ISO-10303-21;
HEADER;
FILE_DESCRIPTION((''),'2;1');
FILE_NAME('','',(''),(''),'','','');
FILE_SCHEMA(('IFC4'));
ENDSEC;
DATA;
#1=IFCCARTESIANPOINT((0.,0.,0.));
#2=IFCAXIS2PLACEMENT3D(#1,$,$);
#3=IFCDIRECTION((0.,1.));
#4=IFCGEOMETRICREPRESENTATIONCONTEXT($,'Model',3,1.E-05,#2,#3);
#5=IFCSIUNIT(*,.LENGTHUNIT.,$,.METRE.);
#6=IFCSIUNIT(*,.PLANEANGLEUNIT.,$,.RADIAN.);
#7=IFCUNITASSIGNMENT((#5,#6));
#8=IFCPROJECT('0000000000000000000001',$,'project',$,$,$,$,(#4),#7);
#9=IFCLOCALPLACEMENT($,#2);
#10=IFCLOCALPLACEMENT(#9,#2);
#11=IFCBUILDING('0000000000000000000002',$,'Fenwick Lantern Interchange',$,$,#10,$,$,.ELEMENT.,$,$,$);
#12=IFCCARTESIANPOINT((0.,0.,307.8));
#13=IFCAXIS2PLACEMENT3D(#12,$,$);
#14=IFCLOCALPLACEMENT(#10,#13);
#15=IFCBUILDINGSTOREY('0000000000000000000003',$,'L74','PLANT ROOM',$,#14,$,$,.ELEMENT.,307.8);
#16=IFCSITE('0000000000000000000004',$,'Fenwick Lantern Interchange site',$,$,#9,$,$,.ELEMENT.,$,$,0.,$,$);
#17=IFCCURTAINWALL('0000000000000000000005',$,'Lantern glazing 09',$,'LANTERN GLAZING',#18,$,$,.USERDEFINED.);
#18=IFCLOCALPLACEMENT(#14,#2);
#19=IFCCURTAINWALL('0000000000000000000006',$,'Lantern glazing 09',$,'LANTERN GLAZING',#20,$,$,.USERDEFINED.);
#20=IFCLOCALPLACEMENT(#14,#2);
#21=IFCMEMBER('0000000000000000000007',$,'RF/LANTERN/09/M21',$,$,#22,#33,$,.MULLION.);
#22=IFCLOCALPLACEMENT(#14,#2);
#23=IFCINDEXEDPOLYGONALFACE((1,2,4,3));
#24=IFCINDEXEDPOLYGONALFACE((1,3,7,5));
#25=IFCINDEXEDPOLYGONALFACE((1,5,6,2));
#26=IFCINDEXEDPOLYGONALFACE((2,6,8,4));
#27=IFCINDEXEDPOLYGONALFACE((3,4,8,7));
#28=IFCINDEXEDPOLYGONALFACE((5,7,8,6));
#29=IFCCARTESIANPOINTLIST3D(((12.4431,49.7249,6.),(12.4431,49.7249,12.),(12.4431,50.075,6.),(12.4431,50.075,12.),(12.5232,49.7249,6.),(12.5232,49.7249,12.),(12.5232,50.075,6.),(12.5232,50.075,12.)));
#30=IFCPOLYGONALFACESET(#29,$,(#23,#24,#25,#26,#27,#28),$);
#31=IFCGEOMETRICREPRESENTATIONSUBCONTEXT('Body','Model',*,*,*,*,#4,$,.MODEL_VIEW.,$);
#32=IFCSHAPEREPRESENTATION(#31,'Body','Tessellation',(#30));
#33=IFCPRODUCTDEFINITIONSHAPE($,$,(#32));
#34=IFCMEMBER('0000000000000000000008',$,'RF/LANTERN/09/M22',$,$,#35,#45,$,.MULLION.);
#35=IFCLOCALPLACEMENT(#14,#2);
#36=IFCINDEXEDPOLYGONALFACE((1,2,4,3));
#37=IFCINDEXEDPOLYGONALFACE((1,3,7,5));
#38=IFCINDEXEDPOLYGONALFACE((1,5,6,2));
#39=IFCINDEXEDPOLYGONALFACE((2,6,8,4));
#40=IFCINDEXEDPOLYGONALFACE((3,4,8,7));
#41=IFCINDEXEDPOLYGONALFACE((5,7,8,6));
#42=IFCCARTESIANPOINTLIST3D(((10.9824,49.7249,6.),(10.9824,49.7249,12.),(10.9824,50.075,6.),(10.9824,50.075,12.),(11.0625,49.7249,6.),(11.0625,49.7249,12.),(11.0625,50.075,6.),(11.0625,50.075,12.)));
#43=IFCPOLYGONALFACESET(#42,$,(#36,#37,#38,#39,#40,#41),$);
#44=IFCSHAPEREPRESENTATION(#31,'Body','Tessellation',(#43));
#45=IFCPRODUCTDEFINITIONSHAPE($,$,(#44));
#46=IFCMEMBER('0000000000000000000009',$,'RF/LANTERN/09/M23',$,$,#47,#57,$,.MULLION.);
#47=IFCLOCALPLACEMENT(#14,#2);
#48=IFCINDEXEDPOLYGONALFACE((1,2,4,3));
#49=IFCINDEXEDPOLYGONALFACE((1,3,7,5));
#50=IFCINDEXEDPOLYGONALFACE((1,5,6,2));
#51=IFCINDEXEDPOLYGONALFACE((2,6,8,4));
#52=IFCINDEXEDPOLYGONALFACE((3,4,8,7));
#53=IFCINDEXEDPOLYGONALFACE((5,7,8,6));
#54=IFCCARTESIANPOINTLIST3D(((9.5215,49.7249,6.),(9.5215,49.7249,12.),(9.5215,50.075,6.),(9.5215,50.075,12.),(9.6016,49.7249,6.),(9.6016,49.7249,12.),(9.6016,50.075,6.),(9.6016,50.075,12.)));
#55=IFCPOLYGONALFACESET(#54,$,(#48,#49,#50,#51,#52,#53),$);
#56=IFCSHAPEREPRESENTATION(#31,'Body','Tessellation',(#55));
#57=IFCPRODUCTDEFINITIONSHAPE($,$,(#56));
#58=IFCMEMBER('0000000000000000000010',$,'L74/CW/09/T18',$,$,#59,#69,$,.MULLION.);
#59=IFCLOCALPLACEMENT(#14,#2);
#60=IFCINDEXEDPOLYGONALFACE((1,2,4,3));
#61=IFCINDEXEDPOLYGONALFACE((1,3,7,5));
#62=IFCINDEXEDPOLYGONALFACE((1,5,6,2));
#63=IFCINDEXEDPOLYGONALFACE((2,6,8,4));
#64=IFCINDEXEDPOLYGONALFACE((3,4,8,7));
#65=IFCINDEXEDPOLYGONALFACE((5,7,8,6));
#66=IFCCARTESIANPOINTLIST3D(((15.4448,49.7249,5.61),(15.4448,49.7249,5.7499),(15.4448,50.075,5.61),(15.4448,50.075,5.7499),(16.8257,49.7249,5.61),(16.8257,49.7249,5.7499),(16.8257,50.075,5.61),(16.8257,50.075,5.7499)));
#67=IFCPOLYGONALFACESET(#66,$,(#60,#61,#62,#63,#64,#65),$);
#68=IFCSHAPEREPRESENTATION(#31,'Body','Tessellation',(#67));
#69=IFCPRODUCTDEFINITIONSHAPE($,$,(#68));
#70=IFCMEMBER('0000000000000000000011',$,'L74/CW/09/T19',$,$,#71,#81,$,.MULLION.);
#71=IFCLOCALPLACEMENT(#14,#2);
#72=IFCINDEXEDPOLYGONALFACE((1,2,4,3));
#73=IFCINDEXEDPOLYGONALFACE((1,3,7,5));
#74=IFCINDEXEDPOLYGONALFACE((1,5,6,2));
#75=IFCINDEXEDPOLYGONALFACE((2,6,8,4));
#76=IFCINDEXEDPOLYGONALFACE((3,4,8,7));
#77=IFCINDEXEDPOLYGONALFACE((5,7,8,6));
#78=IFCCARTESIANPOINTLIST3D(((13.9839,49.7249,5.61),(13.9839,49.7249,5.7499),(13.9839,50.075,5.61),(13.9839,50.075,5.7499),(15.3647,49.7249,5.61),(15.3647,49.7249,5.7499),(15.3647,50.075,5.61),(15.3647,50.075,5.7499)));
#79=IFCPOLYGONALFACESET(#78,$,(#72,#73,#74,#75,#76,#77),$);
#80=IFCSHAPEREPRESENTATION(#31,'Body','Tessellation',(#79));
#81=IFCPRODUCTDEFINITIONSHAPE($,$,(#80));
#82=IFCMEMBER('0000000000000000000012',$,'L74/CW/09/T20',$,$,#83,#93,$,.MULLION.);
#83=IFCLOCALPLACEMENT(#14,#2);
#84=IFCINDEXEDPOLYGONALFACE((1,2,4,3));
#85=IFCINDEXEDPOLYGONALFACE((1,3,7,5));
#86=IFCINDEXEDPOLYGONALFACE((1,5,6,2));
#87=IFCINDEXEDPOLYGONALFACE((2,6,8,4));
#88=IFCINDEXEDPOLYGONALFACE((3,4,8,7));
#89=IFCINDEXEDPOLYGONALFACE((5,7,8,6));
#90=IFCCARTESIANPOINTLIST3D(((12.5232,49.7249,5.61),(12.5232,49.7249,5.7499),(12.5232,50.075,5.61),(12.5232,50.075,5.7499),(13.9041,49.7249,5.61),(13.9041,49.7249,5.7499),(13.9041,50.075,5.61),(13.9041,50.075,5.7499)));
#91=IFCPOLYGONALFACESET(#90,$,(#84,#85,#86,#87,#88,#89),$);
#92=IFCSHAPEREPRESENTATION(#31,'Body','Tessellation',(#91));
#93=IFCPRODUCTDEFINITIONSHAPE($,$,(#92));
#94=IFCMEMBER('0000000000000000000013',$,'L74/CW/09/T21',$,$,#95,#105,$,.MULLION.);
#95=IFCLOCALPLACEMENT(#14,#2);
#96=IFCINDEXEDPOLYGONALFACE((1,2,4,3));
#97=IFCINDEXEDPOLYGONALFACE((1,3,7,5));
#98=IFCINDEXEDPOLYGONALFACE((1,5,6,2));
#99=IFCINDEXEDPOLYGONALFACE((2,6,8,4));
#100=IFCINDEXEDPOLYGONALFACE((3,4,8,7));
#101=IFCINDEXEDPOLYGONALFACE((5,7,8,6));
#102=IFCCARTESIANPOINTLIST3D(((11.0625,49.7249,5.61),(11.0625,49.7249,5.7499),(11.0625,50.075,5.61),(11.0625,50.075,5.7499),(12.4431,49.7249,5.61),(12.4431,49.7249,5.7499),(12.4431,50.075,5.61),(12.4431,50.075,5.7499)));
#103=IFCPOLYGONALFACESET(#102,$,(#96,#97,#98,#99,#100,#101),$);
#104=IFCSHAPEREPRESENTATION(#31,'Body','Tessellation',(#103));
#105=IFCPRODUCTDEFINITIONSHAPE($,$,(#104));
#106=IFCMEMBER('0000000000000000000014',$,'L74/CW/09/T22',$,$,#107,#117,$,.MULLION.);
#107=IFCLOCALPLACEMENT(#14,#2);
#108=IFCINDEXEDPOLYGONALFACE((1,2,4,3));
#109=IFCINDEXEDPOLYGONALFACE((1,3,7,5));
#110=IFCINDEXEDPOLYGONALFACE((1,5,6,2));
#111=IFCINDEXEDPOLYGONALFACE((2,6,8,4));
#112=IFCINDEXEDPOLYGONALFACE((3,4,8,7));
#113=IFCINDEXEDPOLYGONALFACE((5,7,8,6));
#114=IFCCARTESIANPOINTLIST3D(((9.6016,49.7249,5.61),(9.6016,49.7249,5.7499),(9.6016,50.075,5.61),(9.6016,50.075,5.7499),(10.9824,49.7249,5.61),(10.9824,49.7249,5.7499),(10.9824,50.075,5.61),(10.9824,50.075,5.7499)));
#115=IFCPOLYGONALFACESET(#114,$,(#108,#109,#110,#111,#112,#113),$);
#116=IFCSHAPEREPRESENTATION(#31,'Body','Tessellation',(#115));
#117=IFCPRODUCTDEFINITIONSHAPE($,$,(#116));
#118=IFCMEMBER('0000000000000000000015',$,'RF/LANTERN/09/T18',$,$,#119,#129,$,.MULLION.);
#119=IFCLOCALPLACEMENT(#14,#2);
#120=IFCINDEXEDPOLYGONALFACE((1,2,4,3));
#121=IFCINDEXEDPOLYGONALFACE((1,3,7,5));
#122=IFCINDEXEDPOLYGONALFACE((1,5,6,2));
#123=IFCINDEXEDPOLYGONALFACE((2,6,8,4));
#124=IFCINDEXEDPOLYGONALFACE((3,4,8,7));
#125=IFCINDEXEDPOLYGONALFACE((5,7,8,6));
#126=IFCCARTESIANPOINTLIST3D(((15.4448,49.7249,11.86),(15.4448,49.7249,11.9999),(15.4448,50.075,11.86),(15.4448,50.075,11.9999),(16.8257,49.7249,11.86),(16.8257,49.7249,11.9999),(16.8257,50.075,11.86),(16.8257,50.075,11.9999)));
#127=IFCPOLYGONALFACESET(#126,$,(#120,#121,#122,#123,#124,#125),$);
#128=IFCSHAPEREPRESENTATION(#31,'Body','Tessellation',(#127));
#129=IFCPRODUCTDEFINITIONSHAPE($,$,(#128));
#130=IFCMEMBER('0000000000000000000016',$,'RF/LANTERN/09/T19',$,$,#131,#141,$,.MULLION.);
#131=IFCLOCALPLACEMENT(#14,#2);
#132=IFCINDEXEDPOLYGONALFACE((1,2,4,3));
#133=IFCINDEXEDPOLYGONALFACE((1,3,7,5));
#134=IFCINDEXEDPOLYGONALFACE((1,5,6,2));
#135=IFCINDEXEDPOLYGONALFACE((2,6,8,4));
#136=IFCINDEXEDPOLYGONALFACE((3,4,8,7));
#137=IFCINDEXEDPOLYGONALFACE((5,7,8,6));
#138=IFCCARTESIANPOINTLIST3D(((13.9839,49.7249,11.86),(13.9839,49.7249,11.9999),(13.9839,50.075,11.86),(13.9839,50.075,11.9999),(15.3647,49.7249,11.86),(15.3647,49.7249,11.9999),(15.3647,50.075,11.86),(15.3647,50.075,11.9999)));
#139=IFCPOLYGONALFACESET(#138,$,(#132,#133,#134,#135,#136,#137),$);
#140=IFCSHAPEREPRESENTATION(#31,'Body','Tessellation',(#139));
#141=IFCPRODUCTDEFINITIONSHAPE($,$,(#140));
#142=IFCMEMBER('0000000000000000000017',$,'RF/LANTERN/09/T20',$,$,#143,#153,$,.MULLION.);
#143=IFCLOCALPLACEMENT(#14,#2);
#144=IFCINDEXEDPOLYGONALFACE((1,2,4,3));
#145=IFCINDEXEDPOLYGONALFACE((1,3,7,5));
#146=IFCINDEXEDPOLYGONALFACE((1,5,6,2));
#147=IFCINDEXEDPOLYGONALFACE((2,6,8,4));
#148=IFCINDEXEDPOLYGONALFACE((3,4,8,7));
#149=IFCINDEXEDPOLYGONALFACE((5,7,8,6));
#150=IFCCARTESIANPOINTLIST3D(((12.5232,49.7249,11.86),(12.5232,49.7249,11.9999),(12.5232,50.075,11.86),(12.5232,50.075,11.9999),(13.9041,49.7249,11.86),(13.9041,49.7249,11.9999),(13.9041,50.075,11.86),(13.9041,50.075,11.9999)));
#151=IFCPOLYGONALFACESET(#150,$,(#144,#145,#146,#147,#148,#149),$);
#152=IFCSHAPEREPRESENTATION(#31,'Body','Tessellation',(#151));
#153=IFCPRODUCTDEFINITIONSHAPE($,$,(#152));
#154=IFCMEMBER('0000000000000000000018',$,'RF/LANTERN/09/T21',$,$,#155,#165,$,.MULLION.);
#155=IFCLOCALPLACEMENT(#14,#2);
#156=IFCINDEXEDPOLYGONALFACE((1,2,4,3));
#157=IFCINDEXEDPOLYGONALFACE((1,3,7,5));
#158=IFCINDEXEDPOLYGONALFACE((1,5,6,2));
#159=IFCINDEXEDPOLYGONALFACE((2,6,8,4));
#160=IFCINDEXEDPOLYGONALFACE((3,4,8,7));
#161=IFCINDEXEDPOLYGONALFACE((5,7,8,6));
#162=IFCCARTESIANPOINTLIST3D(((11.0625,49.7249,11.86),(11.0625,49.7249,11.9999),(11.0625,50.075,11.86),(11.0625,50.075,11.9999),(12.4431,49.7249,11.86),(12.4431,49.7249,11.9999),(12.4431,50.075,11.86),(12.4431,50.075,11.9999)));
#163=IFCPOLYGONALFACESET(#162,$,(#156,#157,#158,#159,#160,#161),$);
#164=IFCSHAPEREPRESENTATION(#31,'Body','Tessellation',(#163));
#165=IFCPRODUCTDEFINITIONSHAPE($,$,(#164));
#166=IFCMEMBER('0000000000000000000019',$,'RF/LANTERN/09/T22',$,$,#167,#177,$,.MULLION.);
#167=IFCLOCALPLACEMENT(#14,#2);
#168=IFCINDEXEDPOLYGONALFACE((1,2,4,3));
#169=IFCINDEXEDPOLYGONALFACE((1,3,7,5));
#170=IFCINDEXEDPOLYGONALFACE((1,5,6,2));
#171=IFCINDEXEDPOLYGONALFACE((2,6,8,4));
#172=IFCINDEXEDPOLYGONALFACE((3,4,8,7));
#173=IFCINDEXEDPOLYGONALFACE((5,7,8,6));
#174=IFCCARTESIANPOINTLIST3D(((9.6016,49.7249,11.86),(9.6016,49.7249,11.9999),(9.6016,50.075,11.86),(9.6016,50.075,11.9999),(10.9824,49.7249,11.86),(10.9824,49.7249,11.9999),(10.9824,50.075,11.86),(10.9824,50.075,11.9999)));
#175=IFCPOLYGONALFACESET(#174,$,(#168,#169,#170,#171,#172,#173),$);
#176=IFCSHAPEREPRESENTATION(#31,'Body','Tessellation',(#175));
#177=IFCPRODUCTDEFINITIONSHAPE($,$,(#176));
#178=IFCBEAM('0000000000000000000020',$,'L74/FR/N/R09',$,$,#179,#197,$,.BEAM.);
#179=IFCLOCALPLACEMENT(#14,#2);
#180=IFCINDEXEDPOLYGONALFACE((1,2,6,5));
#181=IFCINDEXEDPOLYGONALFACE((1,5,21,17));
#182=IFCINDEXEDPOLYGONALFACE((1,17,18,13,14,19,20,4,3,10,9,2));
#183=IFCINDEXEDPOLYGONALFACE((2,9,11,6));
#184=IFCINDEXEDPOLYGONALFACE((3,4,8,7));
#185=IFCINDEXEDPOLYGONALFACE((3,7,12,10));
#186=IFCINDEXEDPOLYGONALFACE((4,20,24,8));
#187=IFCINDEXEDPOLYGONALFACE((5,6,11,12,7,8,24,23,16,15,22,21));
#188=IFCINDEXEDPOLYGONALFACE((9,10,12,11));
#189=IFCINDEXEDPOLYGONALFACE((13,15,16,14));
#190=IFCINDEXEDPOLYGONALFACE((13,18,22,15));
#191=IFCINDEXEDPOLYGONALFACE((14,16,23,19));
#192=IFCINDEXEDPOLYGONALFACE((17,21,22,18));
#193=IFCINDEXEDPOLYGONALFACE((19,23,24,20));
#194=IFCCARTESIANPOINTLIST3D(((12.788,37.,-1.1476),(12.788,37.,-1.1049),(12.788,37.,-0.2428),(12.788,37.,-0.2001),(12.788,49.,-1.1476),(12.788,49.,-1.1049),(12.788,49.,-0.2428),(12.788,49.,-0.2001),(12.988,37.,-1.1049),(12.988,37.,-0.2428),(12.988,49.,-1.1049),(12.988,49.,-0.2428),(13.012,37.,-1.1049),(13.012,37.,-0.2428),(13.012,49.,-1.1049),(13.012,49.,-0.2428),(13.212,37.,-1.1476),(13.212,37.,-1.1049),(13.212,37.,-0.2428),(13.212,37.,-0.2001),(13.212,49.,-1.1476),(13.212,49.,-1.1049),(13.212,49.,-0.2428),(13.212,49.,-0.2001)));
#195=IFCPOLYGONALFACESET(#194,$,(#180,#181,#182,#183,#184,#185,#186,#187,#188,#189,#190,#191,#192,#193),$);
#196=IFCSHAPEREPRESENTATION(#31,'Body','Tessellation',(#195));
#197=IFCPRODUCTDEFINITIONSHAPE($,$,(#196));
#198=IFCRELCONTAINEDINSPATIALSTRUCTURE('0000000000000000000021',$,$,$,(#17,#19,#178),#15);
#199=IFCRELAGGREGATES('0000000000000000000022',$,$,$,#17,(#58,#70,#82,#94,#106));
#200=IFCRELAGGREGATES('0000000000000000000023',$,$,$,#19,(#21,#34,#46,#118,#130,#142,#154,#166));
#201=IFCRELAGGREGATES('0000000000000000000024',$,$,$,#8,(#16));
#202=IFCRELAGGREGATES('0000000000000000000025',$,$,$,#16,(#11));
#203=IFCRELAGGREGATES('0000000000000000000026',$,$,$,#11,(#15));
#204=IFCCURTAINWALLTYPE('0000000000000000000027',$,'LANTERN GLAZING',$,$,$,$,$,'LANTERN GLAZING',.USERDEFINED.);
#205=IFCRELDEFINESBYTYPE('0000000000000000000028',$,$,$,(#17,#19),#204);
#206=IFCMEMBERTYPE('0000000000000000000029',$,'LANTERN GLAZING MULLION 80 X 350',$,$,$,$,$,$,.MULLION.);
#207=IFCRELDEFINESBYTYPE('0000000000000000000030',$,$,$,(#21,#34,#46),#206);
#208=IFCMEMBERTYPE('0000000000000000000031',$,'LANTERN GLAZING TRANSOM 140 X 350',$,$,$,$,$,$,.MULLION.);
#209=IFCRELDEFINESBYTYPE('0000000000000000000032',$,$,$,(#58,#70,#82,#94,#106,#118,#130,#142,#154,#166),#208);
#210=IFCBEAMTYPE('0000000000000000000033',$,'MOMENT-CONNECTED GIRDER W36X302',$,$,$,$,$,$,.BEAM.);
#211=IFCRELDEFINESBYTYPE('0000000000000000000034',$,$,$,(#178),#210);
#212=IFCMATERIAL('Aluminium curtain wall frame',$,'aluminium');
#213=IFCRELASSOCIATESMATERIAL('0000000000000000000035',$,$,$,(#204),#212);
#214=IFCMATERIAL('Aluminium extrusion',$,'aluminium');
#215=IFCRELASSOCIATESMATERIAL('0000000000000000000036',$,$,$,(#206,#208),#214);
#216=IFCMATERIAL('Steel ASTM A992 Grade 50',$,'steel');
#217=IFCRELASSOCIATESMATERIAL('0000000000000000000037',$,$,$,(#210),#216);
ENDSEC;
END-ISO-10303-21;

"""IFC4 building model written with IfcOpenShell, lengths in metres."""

from ifc_helpers import new_model, si_unit, direction, frame, origin, origin_2d, place, context, subcontext, project, spatial, rectangle, i_section, extrude, material, material_profile, profile_set, type_object, element, aggregate, save


model = new_model("IFC4")

# Units and contexts
model_context = context("Model", 3, precision=1e-05, world=origin(), true_north=direction((0.0, 1.0)))
body_context = subcontext(model_context, "Body", "Model", "MODEL_VIEW")
ifc_project = project(units=[si_unit("LENGTHUNIT", "METRE"), si_unit("PLANEANGLEUNIT", "RADIAN")], contexts=[model_context])

# Site, building, storey
site_placement = place(None, origin())
site = spatial("IfcSite", under=ifc_project, at=site_placement, Name="Fenwick Lantern Interchange site", CompositionType="ELEMENT", RefElevation=0.0)
building_placement = place(site_placement, origin())
building = spatial("IfcBuilding", under=site, at=building_placement, Name="Fenwick Lantern Interchange", CompositionType="ELEMENT")
storey_placement = place(building_placement, frame((0.0, 0.0, 307.8)))
storey = spatial("IfcBuildingStorey", under=building, at=storey_placement, Name="L74", Description="PLANT ROOM", CompositionType="ELEMENT", Elevation=307.8)

# Shared definitions
ifc_material_1 = material(Name="Steel ASTM A992 Grade 50", Category="steel")

# Curtain walls, members
ifc_material_2 = material(Name="Aluminium curtain wall frame", Category="aluminium")
curtain_wall_type = type_object("IfcCurtainWallType", Name="LANTERN GLAZING", ElementType="LANTERN GLAZING", PredefinedType="USERDEFINED", material=ifc_material_2)
curtain_wall_1_placement = place(storey_placement, origin())
curtain_wall_1 = element("IfcCurtainWall", 1, at=curtain_wall_1_placement, inside=storey, type_object=curtain_wall_type, Name="Lantern glazing 09", ObjectType="LANTERN GLAZING", PredefinedType="USERDEFINED")
ifc_material_3 = material(Name="Aluminium extrusion", Category="aluminium")
ifc_material_profile_1 = material_profile(ifc_material_3, rectangle(XDim=0.3501, YDim=0.0801, at=origin_2d()), Name="LANTERN GLAZING MULLION 80 X 350")
ifc_profile_set_1 = profile_set([ifc_material_profile_1], Name="Aluminium extrusion")
member_type_1 = type_object("IfcMemberType", Name="LANTERN GLAZING MULLION 80 X 350", PredefinedType="MULLION", material=ifc_profile_set_1)
curtain_wall_2_placement = place(storey_placement, origin())
curtain_wall_2 = element("IfcCurtainWall", 2, at=curtain_wall_2_placement, inside=storey, type_object=curtain_wall_type, Name="Lantern glazing 09", ObjectType="LANTERN GLAZING", PredefinedType="USERDEFINED")
member_1_placement = place(storey_placement, frame((12.4832, 49.8999, 6.0), z_axis=(0.0, 0.0, 1.0), x_axis=(0.0, -1.0, 0.0)))
member_1 = element("IfcMember", 3, at=member_1_placement, type_object=member_type_1, Name="RF/LANTERN/09/M21", PredefinedType="MULLION", context=body_context, shape_type="SweptSolid", body=[
    extrude(rectangle(XDim=0.3501, YDim=0.0801, at=origin_2d()), origin(), (0.0, 0.0, 1.0), 6.0),
])
member_2_placement = place(storey_placement, frame((11.0225, 49.8999, 6.0), z_axis=(0.0, 0.0, 1.0), x_axis=(0.0, -1.0, 0.0)))
member_2 = element("IfcMember", 4, at=member_2_placement, type_object=member_type_1, Name="RF/LANTERN/09/M22", PredefinedType="MULLION", context=body_context, shape_type="SweptSolid", body=[
    extrude(rectangle(XDim=0.3501, YDim=0.0801, at=origin_2d()), origin(), (0.0, 0.0, 1.0), 6.0),
])
member_3_placement = place(storey_placement, frame((9.5615, 49.8999, 6.0), z_axis=(0.0, 0.0, 1.0), x_axis=(0.0, -1.0, 0.0)))
member_3 = element("IfcMember", 5, at=member_3_placement, type_object=member_type_1, Name="RF/LANTERN/09/M23", PredefinedType="MULLION", context=body_context, shape_type="SweptSolid", body=[
    extrude(rectangle(XDim=0.3501, YDim=0.0801, at=origin_2d()), origin(), (0.0, 0.0, 1.0), 6.0),
])

# Members
ifc_material_profile_2 = material_profile(ifc_material_3, rectangle(XDim=0.3501, YDim=0.1399, at=origin_2d()), Name="LANTERN GLAZING TRANSOM 140 X 350")
ifc_profile_set_2 = profile_set([ifc_material_profile_2], Name="Aluminium extrusion")
member_type_2 = type_object("IfcMemberType", Name="LANTERN GLAZING TRANSOM 140 X 350", PredefinedType="MULLION", material=ifc_profile_set_2)
member_4_placement = place(storey_placement, frame((16.8257, 49.8999, 5.6799), z_axis=(-1.0, 0.0, 0.0), x_axis=(0.0, -1.0, 0.0)))
member_4 = element("IfcMember", 6, at=member_4_placement, type_object=member_type_2, Name="L74/CW/09/T18", PredefinedType="MULLION", context=body_context, shape_type="SweptSolid", body=[
    extrude(rectangle(XDim=0.3501, YDim=0.1399, at=origin_2d()), origin(), (0.0, 0.0, 1.0), 1.3809),
])
member_5_placement = place(storey_placement, frame((15.3647, 49.8999, 5.6799), z_axis=(-1.0, 0.0, 0.0), x_axis=(0.0, -1.0, 0.0)))
member_5 = element("IfcMember", 7, at=member_5_placement, type_object=member_type_2, Name="L74/CW/09/T19", PredefinedType="MULLION", context=body_context, shape_type="SweptSolid", body=[
    extrude(rectangle(XDim=0.3501, YDim=0.1399, at=origin_2d()), origin(), (0.0, 0.0, 1.0), 1.3809),
])
member_6_placement = place(storey_placement, frame((13.9041, 49.8999, 5.6799), z_axis=(-1.0, 0.0, 0.0), x_axis=(0.0, -1.0, 0.0)))
member_6 = element("IfcMember", 8, at=member_6_placement, type_object=member_type_2, Name="L74/CW/09/T20", PredefinedType="MULLION", context=body_context, shape_type="SweptSolid", body=[
    extrude(rectangle(XDim=0.3501, YDim=0.1399, at=origin_2d()), origin(), (0.0, 0.0, 1.0), 1.3809),
])
member_7_placement = place(storey_placement, frame((12.4431, 49.8999, 5.6799), z_axis=(-1.0, 0.0, 0.0), x_axis=(0.0, -1.0, 0.0)))
member_7 = element("IfcMember", 9, at=member_7_placement, type_object=member_type_2, Name="L74/CW/09/T21", PredefinedType="MULLION", context=body_context, shape_type="SweptSolid", body=[
    extrude(rectangle(XDim=0.3501, YDim=0.1399, at=origin_2d()), origin(), (0.0, 0.0, 1.0), 1.3806),
])
member_8_placement = place(storey_placement, frame((10.9824, 49.8999, 5.6799), z_axis=(-1.0, 0.0, 0.0), x_axis=(0.0, -1.0, 0.0)))
member_8 = element("IfcMember", 10, at=member_8_placement, type_object=member_type_2, Name="L74/CW/09/T22", PredefinedType="MULLION", context=body_context, shape_type="SweptSolid", body=[
    extrude(rectangle(XDim=0.3501, YDim=0.1399, at=origin_2d()), origin(), (0.0, 0.0, 1.0), 1.3809),
])
member_9_placement = place(storey_placement, frame((16.8257, 49.8999, 11.9299), z_axis=(-1.0, 0.0, 0.0), x_axis=(0.0, -1.0, 0.0)))
member_9 = element("IfcMember", 11, at=member_9_placement, type_object=member_type_2, Name="RF/LANTERN/09/T18", PredefinedType="MULLION", context=body_context, shape_type="SweptSolid", body=[
    extrude(rectangle(XDim=0.3501, YDim=0.1399, at=origin_2d()), origin(), (0.0, 0.0, 1.0), 1.3809),
])
member_10_placement = place(storey_placement, frame((15.3647, 49.8999, 11.9299), z_axis=(-1.0, 0.0, 0.0), x_axis=(0.0, -1.0, 0.0)))
member_10 = element("IfcMember", 12, at=member_10_placement, type_object=member_type_2, Name="RF/LANTERN/09/T19", PredefinedType="MULLION", context=body_context, shape_type="SweptSolid", body=[
    extrude(rectangle(XDim=0.3501, YDim=0.1399, at=origin_2d()), origin(), (0.0, 0.0, 1.0), 1.3809),
])
member_11_placement = place(storey_placement, frame((13.9041, 49.8999, 11.9299), z_axis=(-1.0, 0.0, 0.0), x_axis=(0.0, -1.0, 0.0)))
member_11 = element("IfcMember", 13, at=member_11_placement, type_object=member_type_2, Name="RF/LANTERN/09/T20", PredefinedType="MULLION", context=body_context, shape_type="SweptSolid", body=[
    extrude(rectangle(XDim=0.3501, YDim=0.1399, at=origin_2d()), origin(), (0.0, 0.0, 1.0), 1.3809),
])
member_12_placement = place(storey_placement, frame((12.4431, 49.8999, 11.9299), z_axis=(-1.0, 0.0, 0.0), x_axis=(0.0, -1.0, 0.0)))
member_12 = element("IfcMember", 14, at=member_12_placement, type_object=member_type_2, Name="RF/LANTERN/09/T21", PredefinedType="MULLION", context=body_context, shape_type="SweptSolid", body=[
    extrude(rectangle(XDim=0.3501, YDim=0.1399, at=origin_2d()), origin(), (0.0, 0.0, 1.0), 1.3806),
])
member_13_placement = place(storey_placement, frame((10.9824, 49.8999, 11.9299), z_axis=(-1.0, 0.0, 0.0), x_axis=(0.0, -1.0, 0.0)))
member_13 = element("IfcMember", 15, at=member_13_placement, type_object=member_type_2, Name="RF/LANTERN/09/T22", PredefinedType="MULLION", context=body_context, shape_type="SweptSolid", body=[
    extrude(rectangle(XDim=0.3501, YDim=0.1399, at=origin_2d()), origin(), (0.0, 0.0, 1.0), 1.3809),
])

# Beam
ifc_material_profile_3 = material_profile(ifc_material_1, i_section(OverallWidth=0.4241, OverallDepth=0.9475, WebThickness=0.0239, FlangeThickness=0.0427, at=origin_2d()), Name="W36X302")
ifc_profile_set_3 = profile_set([ifc_material_profile_3], Name="Steel ASTM A992 Grade 50")
beam_type_1 = type_object("IfcBeamType", Name="MOMENT-CONNECTED GIRDER W36X302", PredefinedType="BEAM", material=ifc_profile_set_3)
beam_1_placement = place(storey_placement, frame((13.0, 49.0, -0.6738), z_axis=(0.0, -1.0, 0.0), x_axis=(1.0, 0.0, 0.0)))
element("IfcBeam", 16, at=beam_1_placement, inside=storey, type_object=beam_type_1, Name="L74/FR/N/R09", PredefinedType="BEAM", context=body_context, shape_type="SweptSolid", body=[
    extrude(i_section(OverallWidth=0.4241, OverallDepth=0.9475, WebThickness=0.0239, FlangeThickness=0.0427, at=origin_2d()), origin(), (0.0, 0.0, 1.0), 12.0),
])

aggregate(curtain_wall_1, [member_4, member_5, member_6, member_7, member_8])
aggregate(curtain_wall_2, [member_1, member_2, member_3, member_9, member_10, member_11, member_12, member_13])

save(model, "model.ifc")
